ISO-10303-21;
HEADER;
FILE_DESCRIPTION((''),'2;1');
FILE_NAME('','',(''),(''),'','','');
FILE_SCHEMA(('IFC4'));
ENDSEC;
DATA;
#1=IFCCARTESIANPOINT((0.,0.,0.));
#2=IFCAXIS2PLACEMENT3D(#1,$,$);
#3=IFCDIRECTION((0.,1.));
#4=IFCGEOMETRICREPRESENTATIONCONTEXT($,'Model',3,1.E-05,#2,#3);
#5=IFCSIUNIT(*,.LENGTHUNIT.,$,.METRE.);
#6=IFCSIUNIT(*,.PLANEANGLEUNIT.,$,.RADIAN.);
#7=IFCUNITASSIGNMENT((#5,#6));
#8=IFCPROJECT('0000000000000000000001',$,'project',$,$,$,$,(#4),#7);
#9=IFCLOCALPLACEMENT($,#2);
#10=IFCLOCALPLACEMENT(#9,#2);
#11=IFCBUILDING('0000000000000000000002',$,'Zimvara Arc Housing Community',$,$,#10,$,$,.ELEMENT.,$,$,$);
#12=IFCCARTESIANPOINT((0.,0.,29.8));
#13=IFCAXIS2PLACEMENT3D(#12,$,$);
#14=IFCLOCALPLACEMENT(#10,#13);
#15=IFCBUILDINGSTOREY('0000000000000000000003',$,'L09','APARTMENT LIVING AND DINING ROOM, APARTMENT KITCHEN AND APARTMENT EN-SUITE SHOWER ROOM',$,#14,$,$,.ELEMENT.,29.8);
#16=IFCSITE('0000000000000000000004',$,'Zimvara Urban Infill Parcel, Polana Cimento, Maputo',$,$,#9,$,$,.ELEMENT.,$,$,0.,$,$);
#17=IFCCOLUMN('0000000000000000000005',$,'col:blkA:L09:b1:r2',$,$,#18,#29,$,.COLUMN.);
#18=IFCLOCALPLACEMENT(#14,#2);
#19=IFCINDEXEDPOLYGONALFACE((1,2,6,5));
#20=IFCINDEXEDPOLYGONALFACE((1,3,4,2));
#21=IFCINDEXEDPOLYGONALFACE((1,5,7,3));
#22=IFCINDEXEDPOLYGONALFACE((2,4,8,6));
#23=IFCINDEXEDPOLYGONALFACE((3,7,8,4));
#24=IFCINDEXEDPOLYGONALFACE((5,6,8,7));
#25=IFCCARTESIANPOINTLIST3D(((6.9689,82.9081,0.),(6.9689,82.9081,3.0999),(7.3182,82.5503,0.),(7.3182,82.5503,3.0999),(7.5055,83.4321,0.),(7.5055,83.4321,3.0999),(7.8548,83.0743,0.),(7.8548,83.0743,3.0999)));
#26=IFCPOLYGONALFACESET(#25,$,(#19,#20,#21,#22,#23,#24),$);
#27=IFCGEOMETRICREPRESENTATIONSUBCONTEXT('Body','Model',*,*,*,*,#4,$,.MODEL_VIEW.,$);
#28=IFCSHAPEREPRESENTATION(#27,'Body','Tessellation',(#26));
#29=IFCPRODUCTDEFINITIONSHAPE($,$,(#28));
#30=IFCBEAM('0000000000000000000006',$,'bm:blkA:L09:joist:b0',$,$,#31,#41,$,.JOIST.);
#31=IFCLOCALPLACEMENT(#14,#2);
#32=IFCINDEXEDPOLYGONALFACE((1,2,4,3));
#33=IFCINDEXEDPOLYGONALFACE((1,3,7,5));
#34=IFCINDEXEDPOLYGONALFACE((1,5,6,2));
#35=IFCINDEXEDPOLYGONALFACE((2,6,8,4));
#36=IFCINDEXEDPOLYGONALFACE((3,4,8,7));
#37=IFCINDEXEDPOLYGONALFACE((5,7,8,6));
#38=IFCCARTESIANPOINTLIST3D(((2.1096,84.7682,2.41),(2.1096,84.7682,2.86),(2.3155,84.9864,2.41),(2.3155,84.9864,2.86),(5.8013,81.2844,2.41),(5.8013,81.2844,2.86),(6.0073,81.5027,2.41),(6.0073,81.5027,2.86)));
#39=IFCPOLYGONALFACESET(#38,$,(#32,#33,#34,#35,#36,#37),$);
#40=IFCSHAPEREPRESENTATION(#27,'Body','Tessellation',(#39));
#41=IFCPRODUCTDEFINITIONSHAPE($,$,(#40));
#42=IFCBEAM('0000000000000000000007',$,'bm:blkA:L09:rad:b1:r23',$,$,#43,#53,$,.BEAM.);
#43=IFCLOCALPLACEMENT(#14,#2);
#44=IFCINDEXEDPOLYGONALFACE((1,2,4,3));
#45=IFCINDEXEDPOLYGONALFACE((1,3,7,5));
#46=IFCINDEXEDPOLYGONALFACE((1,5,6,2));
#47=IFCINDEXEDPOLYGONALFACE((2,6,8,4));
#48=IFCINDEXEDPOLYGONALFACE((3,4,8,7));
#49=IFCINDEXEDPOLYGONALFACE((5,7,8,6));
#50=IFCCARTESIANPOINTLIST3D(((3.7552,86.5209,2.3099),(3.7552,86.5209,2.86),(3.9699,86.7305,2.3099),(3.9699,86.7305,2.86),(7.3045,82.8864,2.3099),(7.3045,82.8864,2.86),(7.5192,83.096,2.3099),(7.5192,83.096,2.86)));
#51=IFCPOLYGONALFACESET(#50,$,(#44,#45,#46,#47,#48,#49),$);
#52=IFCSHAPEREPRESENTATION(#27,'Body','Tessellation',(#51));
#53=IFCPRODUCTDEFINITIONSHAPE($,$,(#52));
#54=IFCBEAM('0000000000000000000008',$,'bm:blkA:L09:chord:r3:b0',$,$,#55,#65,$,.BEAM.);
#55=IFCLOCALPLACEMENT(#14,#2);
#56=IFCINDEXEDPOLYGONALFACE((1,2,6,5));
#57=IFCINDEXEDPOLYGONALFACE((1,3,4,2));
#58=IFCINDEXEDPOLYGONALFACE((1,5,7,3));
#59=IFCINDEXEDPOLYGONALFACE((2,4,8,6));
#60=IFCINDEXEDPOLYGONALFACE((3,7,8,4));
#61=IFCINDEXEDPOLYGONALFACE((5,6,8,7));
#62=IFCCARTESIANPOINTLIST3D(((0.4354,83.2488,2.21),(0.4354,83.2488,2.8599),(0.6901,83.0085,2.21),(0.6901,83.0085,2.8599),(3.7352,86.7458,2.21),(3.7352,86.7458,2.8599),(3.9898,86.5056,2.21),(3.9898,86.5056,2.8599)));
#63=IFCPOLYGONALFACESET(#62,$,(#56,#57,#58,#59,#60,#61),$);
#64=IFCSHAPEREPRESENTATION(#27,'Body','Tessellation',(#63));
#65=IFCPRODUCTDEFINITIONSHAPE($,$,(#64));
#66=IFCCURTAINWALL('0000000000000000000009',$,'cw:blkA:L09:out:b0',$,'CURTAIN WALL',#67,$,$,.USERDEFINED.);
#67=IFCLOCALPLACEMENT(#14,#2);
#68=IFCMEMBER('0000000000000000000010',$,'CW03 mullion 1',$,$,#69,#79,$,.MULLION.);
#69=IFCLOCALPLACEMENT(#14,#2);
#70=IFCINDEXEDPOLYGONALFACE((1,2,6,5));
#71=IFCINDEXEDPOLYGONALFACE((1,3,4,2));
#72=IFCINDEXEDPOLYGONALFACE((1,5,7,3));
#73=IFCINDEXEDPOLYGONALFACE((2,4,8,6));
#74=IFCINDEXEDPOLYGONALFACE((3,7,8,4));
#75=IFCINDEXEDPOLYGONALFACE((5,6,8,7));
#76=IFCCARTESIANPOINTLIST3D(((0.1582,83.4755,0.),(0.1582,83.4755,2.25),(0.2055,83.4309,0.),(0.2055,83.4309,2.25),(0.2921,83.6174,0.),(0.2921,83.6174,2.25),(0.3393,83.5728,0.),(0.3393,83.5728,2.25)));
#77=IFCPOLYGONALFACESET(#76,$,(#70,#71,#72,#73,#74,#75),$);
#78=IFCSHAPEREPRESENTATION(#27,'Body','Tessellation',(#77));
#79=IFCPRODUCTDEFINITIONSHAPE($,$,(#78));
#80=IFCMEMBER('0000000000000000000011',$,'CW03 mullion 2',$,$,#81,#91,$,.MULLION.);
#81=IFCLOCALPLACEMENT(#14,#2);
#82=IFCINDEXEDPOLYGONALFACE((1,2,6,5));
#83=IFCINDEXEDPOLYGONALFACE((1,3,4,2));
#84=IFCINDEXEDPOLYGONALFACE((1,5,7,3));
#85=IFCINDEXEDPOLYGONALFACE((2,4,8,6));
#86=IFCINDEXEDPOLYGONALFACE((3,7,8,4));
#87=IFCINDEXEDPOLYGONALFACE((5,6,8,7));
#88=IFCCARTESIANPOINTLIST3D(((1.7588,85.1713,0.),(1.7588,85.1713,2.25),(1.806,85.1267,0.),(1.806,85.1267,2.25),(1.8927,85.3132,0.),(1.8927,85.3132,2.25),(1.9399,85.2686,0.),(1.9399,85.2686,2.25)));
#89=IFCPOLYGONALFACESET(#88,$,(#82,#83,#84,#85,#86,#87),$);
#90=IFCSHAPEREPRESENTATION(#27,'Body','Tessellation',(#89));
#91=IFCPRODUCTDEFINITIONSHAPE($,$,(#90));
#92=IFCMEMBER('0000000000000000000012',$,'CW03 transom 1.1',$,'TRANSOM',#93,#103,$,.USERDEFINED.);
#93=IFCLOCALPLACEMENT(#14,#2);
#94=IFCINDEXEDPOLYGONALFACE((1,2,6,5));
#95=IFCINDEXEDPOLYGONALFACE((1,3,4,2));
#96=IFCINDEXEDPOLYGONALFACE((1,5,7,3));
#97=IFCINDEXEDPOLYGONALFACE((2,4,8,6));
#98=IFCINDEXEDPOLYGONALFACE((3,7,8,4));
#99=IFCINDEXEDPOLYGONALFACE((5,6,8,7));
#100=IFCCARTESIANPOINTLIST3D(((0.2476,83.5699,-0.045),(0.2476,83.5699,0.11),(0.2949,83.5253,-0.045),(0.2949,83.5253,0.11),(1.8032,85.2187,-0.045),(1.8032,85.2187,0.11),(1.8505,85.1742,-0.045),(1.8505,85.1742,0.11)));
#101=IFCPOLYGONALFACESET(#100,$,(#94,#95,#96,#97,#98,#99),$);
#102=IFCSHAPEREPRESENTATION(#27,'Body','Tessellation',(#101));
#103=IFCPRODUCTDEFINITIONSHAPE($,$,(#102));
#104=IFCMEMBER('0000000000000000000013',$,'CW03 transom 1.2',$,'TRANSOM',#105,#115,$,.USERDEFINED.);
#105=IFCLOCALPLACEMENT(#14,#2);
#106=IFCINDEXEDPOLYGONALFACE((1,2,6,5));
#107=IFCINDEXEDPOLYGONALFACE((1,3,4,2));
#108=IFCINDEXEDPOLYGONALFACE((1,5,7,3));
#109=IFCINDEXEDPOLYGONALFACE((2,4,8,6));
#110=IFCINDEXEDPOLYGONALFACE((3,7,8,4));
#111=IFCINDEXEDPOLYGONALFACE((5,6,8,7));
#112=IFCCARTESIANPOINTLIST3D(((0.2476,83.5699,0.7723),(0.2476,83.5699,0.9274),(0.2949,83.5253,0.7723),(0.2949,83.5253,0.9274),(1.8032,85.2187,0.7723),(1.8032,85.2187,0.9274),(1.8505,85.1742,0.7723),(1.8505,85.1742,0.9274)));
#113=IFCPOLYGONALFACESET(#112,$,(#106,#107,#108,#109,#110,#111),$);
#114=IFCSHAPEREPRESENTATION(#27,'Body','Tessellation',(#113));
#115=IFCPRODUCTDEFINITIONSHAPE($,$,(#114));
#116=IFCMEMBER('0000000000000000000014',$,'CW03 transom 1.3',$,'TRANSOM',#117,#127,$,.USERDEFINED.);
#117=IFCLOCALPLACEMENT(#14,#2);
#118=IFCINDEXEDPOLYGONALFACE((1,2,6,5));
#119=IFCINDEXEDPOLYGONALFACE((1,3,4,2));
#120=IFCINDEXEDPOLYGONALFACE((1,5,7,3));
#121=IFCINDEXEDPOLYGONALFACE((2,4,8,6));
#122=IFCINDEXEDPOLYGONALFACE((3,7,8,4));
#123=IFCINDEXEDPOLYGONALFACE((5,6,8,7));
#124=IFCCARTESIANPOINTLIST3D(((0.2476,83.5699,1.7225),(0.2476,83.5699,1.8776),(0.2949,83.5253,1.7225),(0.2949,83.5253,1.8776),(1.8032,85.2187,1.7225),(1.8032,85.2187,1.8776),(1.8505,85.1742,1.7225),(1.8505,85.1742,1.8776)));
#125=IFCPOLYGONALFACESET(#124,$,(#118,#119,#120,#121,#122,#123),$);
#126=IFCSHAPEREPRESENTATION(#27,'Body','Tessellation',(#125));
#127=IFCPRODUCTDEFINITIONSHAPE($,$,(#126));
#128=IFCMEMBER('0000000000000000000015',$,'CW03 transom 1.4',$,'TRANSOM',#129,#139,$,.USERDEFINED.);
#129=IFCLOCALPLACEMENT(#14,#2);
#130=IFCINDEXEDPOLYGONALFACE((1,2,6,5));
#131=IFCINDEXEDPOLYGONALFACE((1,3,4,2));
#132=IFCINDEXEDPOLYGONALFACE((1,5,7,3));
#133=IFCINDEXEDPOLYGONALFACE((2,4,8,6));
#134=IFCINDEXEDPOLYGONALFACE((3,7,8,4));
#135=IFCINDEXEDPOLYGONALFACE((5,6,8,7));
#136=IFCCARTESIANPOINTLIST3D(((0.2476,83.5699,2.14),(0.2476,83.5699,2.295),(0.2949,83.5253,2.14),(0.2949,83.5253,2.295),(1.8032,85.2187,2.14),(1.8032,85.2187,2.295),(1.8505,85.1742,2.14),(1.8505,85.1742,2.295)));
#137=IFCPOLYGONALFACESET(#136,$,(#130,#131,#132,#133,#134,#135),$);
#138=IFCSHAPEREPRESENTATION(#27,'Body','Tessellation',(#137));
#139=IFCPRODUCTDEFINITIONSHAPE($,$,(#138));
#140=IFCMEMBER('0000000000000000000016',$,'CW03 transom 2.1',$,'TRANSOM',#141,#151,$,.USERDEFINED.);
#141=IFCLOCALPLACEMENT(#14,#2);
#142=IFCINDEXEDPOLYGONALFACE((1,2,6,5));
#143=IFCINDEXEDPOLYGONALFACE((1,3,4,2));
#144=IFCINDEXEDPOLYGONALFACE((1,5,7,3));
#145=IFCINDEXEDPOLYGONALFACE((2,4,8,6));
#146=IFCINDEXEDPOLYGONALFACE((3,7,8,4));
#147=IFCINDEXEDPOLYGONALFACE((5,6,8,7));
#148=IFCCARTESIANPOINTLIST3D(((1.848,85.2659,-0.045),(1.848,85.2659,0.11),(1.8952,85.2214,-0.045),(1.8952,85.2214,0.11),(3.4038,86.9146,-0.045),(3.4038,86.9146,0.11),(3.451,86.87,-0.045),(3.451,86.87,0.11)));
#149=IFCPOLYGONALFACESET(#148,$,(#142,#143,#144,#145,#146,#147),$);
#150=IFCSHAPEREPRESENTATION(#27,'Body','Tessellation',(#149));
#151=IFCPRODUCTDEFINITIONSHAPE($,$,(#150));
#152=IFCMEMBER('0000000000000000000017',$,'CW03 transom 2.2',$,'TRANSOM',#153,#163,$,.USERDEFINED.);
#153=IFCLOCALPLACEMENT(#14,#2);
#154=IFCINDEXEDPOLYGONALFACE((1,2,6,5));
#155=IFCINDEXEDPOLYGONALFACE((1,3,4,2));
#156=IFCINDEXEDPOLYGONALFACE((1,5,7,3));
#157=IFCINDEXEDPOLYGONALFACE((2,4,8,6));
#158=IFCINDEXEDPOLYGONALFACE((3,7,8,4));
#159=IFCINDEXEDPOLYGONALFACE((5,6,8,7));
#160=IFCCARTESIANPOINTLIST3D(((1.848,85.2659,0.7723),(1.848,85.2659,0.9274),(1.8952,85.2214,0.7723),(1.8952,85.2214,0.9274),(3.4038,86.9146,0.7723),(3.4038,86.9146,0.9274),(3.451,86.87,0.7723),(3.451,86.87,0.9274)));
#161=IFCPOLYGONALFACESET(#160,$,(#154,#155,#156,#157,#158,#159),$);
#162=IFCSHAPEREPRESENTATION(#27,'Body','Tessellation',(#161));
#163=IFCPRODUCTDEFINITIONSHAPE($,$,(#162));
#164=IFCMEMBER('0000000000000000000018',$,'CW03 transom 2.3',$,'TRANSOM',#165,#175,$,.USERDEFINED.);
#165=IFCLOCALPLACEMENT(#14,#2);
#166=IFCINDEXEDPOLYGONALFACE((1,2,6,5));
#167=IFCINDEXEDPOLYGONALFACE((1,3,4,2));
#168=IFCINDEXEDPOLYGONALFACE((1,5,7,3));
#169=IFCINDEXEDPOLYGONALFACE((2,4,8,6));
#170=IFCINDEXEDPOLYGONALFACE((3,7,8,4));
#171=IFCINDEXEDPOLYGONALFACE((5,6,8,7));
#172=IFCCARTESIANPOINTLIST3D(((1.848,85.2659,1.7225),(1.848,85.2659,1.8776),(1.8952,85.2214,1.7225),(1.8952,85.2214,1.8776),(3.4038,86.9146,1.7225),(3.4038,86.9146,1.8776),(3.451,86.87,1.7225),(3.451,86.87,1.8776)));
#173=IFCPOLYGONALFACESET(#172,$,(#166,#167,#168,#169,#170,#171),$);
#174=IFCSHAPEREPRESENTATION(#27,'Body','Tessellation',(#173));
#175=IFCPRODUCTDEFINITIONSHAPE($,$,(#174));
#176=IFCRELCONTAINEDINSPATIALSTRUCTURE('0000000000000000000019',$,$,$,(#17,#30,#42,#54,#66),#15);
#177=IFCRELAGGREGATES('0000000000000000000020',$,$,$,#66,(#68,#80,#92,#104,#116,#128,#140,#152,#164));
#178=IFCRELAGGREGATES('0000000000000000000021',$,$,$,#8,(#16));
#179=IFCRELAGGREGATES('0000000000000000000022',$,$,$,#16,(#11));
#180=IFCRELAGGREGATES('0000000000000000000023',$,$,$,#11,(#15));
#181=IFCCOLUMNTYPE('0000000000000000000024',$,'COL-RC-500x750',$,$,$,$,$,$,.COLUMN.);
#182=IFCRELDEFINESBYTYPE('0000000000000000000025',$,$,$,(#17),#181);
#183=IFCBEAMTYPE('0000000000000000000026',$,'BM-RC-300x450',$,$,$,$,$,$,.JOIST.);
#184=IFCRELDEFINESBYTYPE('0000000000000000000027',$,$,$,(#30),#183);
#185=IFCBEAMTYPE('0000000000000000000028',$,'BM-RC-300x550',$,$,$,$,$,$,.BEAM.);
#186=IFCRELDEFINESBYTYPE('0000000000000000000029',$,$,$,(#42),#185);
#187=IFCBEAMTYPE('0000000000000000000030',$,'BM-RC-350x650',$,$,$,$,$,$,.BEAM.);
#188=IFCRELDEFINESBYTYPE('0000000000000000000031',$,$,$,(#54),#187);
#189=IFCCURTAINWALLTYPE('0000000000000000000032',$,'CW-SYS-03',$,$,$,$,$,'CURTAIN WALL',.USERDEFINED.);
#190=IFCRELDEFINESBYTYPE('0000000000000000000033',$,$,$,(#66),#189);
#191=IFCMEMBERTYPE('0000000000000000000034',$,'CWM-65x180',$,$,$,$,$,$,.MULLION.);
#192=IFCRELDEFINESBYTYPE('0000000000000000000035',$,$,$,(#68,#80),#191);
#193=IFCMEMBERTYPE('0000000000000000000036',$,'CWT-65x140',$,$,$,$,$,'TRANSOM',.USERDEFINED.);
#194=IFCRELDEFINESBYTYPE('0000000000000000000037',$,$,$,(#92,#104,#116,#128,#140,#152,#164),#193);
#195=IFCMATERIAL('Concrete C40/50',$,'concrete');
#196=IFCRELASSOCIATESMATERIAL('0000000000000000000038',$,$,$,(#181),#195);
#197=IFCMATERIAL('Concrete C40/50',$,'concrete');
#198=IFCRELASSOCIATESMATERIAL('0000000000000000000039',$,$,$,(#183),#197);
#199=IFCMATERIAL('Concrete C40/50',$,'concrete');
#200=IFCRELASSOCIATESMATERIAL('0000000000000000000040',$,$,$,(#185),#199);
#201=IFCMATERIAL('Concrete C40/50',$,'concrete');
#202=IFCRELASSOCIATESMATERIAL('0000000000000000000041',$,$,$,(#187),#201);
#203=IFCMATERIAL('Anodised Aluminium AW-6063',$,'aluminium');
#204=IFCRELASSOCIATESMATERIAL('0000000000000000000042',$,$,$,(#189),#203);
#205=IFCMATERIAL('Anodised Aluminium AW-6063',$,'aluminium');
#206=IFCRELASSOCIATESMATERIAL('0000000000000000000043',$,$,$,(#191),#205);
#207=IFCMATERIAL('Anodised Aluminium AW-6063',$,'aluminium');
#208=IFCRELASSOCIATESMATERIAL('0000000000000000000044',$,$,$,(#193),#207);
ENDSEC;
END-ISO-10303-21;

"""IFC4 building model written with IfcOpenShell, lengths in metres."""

from ifc_helpers import new_model, si_unit, direction, frame, origin, origin_2d, place, context, subcontext, project, spatial, rectangle, extrude, material, material_profile, profile_set, type_object, element, aggregate, save


model = new_model("IFC4")

# Units and contexts
model_context = context("Model", 3, precision=1e-05, world=origin(), true_north=direction((0.0, 1.0)))
body_context = subcontext(model_context, "Body", "Model", "MODEL_VIEW")
ifc_project = project(units=[si_unit("LENGTHUNIT", "METRE"), si_unit("PLANEANGLEUNIT", "RADIAN")], contexts=[model_context])

# Site, building, storey
site_placement = place(None, origin())
site = spatial("IfcSite", under=ifc_project, at=site_placement, Name="Zimvara Urban Infill Parcel, Polana Cimento, Maputo", CompositionType="ELEMENT", RefElevation=0.0)
building_placement = place(site_placement, origin())
building = spatial("IfcBuilding", under=site, at=building_placement, Name="Zimvara Arc Housing Community", CompositionType="ELEMENT")
storey_placement = place(building_placement, frame((0.0, 0.0, 29.8)))
storey = spatial("IfcBuildingStorey", under=building, at=storey_placement, Name="L09", Description="APARTMENT LIVING AND DINING ROOM, APARTMENT KITCHEN AND APARTMENT EN-SUITE SHOWER ROOM", CompositionType="ELEMENT", Elevation=29.8)

# Column
ifc_material_1 = material(Name="Concrete C40/50", Category="concrete")
ifc_material_profile_1 = material_profile(ifc_material_1, rectangle(XDim=0.5, YDim=0.75, at=origin_2d()), Name="RC 500x750")
ifc_profile_set_1 = profile_set([ifc_material_profile_1], Name="Concrete C40/50")
column_type_1 = type_object("IfcColumnType", Name="COL-RC-500x750", PredefinedType="COLUMN", material=ifc_profile_set_1)
column_1_placement = place(storey_placement, frame((7.4119, 82.9912, 0.0), z_axis=(0.0, 0.0, 1.0), x_axis=(-0.698665, 0.715449, 0.0)))
element("IfcColumn", 1, at=column_1_placement, inside=storey, type_object=column_type_1, Name="col:blkA:L09:b1:r2", PredefinedType="COLUMN", context=body_context, shape_type="SweptSolid", body=[
    extrude(rectangle(XDim=0.5, YDim=0.75, at=origin_2d()), origin(), (0.0, 0.0, 1.0), 3.0999),
])

# Beams
ifc_material_2 = material(Name="Concrete C40/50", Category="concrete")
ifc_material_profile_2 = material_profile(ifc_material_2, rectangle(XDim=0.3, YDim=0.45, at=origin_2d()), Name="RC 300x450")
ifc_profile_set_2 = profile_set([ifc_material_profile_2], Name="Concrete C40/50")
beam_type_1 = type_object("IfcBeamType", Name="BM-RC-300x450", PredefinedType="JOIST", material=ifc_profile_set_2)
beam_1_placement = place(storey_placement, frame((5.9043, 81.3936, 2.635), z_axis=(-0.7273, 0.68632, 0.0), x_axis=(-0.68632, -0.7273, 0.0)))
element("IfcBeam", 2, at=beam_1_placement, inside=storey, type_object=beam_type_1, Name="bm:blkA:L09:joist:b0", PredefinedType="JOIST", context=body_context, shape_type="SweptSolid", body=[
    extrude(rectangle(XDim=0.3, YDim=0.45, at=origin_2d()), origin(), (0.0, 0.0, 1.0), 5.0759),
])
ifc_material_3 = material(Name="Concrete C40/50", Category="concrete")
ifc_material_profile_3 = material_profile(ifc_material_3, rectangle(XDim=0.3, YDim=0.55, at=origin_2d()), Name="RC 300x550")
ifc_profile_set_3 = profile_set([ifc_material_profile_3], Name="Concrete C40/50")
beam_type_2 = type_object("IfcBeamType", Name="BM-RC-300x550", PredefinedType="BEAM", material=ifc_profile_set_3)
beam_2_placement = place(storey_placement, frame((7.4119, 82.9912, 2.585), z_axis=(-0.698671, 0.715443, 0.0), x_axis=(-0.715443, -0.698671, 0.0)))
element("IfcBeam", 3, at=beam_2_placement, inside=storey, type_object=beam_type_2, Name="bm:blkA:L09:rad:b1:r23", PredefinedType="BEAM", context=body_context, shape_type="SweptSolid", body=[
    extrude(rectangle(XDim=0.3, YDim=0.55, at=origin_2d()), origin(), (0.0, 0.0, 1.0), 5.0801),
])
ifc_material_4 = material(Name="Concrete C40/50", Category="concrete")
ifc_material_profile_4 = material_profile(ifc_material_4, rectangle(XDim=0.3501, YDim=0.6499, at=origin_2d()), Name="RC 350x650")
ifc_profile_set_4 = profile_set([ifc_material_profile_4], Name="Concrete C40/50")
beam_type_3 = type_object("IfcBeamType", Name="BM-RC-350x650", PredefinedType="BEAM", material=ifc_profile_set_4)
beam_3_placement = place(storey_placement, frame((0.5627, 83.1287, 2.5349), z_axis=(0.686295, 0.727323, 0.0), x_axis=(-0.727323, 0.686295, 0.0)))
element("IfcBeam", 4, at=beam_3_placement, inside=storey, type_object=beam_type_3, Name="bm:blkA:L09:chord:r3:b0", PredefinedType="BEAM", context=body_context, shape_type="SweptSolid", body=[
    extrude(rectangle(XDim=0.3501, YDim=0.6499, at=origin_2d()), origin(), (0.0, 0.0, 1.0), 4.8081),
])

# Curtain wall, members
ifc_material_5 = material(Name="Anodised Aluminium AW-6063", Category="aluminium")
curtain_wall_type = type_object("IfcCurtainWallType", Name="CW-SYS-03", ElementType="CURTAIN WALL", PredefinedType="USERDEFINED", material=ifc_material_5)
curtain_wall_placement = place(storey_placement, origin())
curtain_wall = element("IfcCurtainWall", 5, at=curtain_wall_placement, inside=storey, type_object=curtain_wall_type, Name="cw:blkA:L09:out:b0", ObjectType="CURTAIN WALL", PredefinedType="USERDEFINED")
ifc_material_6 = material(Name="Anodised Aluminium AW-6063", Category="aluminium")
ifc_material_profile_5 = material_profile(ifc_material_6, rectangle(XDim=0.0649, YDim=0.1951, at=origin_2d()), Name="ALU 65x195")
ifc_profile_set_5 = profile_set([ifc_material_profile_5], Name="Anodised Aluminium AW-6063")
member_type_1 = type_object("IfcMemberType", Name="CWM-65x180", PredefinedType="MULLION", material=ifc_profile_set_5)
member_1_placement = place(storey_placement, frame((0.2488, 83.5242, 0.0), z_axis=(0.0, 0.0, 1.0), x_axis=(-0.727294, 0.686326, 0.0)))
member_1 = element("IfcMember", 6, at=member_1_placement, type_object=member_type_1, Name="CW03 mullion 1", PredefinedType="MULLION", context=body_context, shape_type="SweptSolid", body=[
    extrude(rectangle(XDim=0.0649, YDim=0.1951, at=origin_2d()), origin(), (0.0, 0.0, 1.0), 2.25),
])
member_2_placement = place(storey_placement, frame((1.8494, 85.22, 0.0), z_axis=(0.0, 0.0, 1.0), x_axis=(-0.727294, 0.686326, 0.0)))
member_2 = element("IfcMember", 7, at=member_2_placement, type_object=member_type_1, Name="CW03 mullion 2", PredefinedType="MULLION", context=body_context, shape_type="SweptSolid", body=[
    extrude(rectangle(XDim=0.0649, YDim=0.1951, at=origin_2d()), origin(), (0.0, 0.0, 1.0), 2.25),
])
ifc_material_7 = material(Name="Anodised Aluminium AW-6063", Category="aluminium")
ifc_material_profile_6 = material_profile(ifc_material_7, rectangle(XDim=0.0649, YDim=0.155, at=origin_2d()), Name="ALU 65x155")
ifc_profile_set_6 = profile_set([ifc_material_profile_6], Name="Anodised Aluminium AW-6063")
member_type_2 = type_object("IfcMemberType", Name="CWT-65x140", ElementType="TRANSOM", PredefinedType="USERDEFINED", material=ifc_profile_set_6)
member_3_placement = place(storey_placement, frame((0.2712, 83.5476, 0.0325), z_axis=(0.686238, 0.727377, 0.0), x_axis=(-0.727377, 0.686238, 0.0)))
member_3 = element("IfcMember", 8, at=member_3_placement, type_object=member_type_2, Name="CW03 transom 1.1", ObjectType="TRANSOM", PredefinedType="USERDEFINED", context=body_context, shape_type="SweptSolid", body=[
    extrude(rectangle(XDim=0.0649, YDim=0.155, at=origin_2d()), origin(), (0.0, 0.0, 1.0), 2.2668),
])
member_4_placement = place(storey_placement, frame((0.2712, 83.5476, 0.8499), z_axis=(0.686238, 0.727377, 0.0), x_axis=(-0.727377, 0.686238, 0.0)))
member_4 = element("IfcMember", 9, at=member_4_placement, type_object=member_type_2, Name="CW03 transom 1.2", ObjectType="TRANSOM", PredefinedType="USERDEFINED", context=body_context, shape_type="SweptSolid", body=[
    extrude(rectangle(XDim=0.0649, YDim=0.155, at=origin_2d()), origin(), (0.0, 0.0, 1.0), 2.2668),
])
member_5_placement = place(storey_placement, frame((0.2712, 83.5476, 1.8), z_axis=(0.686238, 0.727377, 0.0), x_axis=(-0.727377, 0.686238, 0.0)))
member_5 = element("IfcMember", 10, at=member_5_placement, type_object=member_type_2, Name="CW03 transom 1.3", ObjectType="TRANSOM", PredefinedType="USERDEFINED", context=body_context, shape_type="SweptSolid", body=[
    extrude(rectangle(XDim=0.0649, YDim=0.155, at=origin_2d()), origin(), (0.0, 0.0, 1.0), 2.2668),
])
member_6_placement = place(storey_placement, frame((0.2712, 83.5476, 2.2175), z_axis=(0.686238, 0.727377, 0.0), x_axis=(-0.727377, 0.686238, 0.0)))
member_6 = element("IfcMember", 11, at=member_6_placement, type_object=member_type_2, Name="CW03 transom 1.4", ObjectType="TRANSOM", PredefinedType="USERDEFINED", context=body_context, shape_type="SweptSolid", body=[
    extrude(rectangle(XDim=0.0649, YDim=0.155, at=origin_2d()), origin(), (0.0, 0.0, 1.0), 2.2668),
])
member_7_placement = place(storey_placement, frame((1.8716, 85.2437, 0.0325), z_axis=(0.686348, 0.727273, 0.0), x_axis=(-0.727273, 0.686348, 0.0)))
member_7 = element("IfcMember", 12, at=member_7_placement, type_object=member_type_2, Name="CW03 transom 2.1", ObjectType="TRANSOM", PredefinedType="USERDEFINED", context=body_context, shape_type="SweptSolid", body=[
    extrude(rectangle(XDim=0.0649, YDim=0.155, at=origin_2d()), origin(), (0.0, 0.0, 1.0), 2.2668),
])
member_8_placement = place(storey_placement, frame((1.8716, 85.2437, 0.8499), z_axis=(0.686348, 0.727273, 0.0), x_axis=(-0.727273, 0.686348, 0.0)))
member_8 = element("IfcMember", 13, at=member_8_placement, type_object=member_type_2, Name="CW03 transom 2.2", ObjectType="TRANSOM", PredefinedType="USERDEFINED", context=body_context, shape_type="SweptSolid", body=[
    extrude(rectangle(XDim=0.0649, YDim=0.155, at=origin_2d()), origin(), (0.0, 0.0, 1.0), 2.2668),
])
member_9_placement = place(storey_placement, frame((1.8716, 85.2437, 1.8), z_axis=(0.686348, 0.727273, 0.0), x_axis=(-0.727273, 0.686348, 0.0)))
member_9 = element("IfcMember", 14, at=member_9_placement, type_object=member_type_2, Name="CW03 transom 2.3", ObjectType="TRANSOM", PredefinedType="USERDEFINED", context=body_context, shape_type="SweptSolid", body=[
    extrude(rectangle(XDim=0.0649, YDim=0.155, at=origin_2d()), origin(), (0.0, 0.0, 1.0), 2.2668),
])
aggregate(curtain_wall, [member_1, member_2, member_3, member_4, member_5, member_6, member_7, member_8, member_9])

save(model, "model.ifc")
